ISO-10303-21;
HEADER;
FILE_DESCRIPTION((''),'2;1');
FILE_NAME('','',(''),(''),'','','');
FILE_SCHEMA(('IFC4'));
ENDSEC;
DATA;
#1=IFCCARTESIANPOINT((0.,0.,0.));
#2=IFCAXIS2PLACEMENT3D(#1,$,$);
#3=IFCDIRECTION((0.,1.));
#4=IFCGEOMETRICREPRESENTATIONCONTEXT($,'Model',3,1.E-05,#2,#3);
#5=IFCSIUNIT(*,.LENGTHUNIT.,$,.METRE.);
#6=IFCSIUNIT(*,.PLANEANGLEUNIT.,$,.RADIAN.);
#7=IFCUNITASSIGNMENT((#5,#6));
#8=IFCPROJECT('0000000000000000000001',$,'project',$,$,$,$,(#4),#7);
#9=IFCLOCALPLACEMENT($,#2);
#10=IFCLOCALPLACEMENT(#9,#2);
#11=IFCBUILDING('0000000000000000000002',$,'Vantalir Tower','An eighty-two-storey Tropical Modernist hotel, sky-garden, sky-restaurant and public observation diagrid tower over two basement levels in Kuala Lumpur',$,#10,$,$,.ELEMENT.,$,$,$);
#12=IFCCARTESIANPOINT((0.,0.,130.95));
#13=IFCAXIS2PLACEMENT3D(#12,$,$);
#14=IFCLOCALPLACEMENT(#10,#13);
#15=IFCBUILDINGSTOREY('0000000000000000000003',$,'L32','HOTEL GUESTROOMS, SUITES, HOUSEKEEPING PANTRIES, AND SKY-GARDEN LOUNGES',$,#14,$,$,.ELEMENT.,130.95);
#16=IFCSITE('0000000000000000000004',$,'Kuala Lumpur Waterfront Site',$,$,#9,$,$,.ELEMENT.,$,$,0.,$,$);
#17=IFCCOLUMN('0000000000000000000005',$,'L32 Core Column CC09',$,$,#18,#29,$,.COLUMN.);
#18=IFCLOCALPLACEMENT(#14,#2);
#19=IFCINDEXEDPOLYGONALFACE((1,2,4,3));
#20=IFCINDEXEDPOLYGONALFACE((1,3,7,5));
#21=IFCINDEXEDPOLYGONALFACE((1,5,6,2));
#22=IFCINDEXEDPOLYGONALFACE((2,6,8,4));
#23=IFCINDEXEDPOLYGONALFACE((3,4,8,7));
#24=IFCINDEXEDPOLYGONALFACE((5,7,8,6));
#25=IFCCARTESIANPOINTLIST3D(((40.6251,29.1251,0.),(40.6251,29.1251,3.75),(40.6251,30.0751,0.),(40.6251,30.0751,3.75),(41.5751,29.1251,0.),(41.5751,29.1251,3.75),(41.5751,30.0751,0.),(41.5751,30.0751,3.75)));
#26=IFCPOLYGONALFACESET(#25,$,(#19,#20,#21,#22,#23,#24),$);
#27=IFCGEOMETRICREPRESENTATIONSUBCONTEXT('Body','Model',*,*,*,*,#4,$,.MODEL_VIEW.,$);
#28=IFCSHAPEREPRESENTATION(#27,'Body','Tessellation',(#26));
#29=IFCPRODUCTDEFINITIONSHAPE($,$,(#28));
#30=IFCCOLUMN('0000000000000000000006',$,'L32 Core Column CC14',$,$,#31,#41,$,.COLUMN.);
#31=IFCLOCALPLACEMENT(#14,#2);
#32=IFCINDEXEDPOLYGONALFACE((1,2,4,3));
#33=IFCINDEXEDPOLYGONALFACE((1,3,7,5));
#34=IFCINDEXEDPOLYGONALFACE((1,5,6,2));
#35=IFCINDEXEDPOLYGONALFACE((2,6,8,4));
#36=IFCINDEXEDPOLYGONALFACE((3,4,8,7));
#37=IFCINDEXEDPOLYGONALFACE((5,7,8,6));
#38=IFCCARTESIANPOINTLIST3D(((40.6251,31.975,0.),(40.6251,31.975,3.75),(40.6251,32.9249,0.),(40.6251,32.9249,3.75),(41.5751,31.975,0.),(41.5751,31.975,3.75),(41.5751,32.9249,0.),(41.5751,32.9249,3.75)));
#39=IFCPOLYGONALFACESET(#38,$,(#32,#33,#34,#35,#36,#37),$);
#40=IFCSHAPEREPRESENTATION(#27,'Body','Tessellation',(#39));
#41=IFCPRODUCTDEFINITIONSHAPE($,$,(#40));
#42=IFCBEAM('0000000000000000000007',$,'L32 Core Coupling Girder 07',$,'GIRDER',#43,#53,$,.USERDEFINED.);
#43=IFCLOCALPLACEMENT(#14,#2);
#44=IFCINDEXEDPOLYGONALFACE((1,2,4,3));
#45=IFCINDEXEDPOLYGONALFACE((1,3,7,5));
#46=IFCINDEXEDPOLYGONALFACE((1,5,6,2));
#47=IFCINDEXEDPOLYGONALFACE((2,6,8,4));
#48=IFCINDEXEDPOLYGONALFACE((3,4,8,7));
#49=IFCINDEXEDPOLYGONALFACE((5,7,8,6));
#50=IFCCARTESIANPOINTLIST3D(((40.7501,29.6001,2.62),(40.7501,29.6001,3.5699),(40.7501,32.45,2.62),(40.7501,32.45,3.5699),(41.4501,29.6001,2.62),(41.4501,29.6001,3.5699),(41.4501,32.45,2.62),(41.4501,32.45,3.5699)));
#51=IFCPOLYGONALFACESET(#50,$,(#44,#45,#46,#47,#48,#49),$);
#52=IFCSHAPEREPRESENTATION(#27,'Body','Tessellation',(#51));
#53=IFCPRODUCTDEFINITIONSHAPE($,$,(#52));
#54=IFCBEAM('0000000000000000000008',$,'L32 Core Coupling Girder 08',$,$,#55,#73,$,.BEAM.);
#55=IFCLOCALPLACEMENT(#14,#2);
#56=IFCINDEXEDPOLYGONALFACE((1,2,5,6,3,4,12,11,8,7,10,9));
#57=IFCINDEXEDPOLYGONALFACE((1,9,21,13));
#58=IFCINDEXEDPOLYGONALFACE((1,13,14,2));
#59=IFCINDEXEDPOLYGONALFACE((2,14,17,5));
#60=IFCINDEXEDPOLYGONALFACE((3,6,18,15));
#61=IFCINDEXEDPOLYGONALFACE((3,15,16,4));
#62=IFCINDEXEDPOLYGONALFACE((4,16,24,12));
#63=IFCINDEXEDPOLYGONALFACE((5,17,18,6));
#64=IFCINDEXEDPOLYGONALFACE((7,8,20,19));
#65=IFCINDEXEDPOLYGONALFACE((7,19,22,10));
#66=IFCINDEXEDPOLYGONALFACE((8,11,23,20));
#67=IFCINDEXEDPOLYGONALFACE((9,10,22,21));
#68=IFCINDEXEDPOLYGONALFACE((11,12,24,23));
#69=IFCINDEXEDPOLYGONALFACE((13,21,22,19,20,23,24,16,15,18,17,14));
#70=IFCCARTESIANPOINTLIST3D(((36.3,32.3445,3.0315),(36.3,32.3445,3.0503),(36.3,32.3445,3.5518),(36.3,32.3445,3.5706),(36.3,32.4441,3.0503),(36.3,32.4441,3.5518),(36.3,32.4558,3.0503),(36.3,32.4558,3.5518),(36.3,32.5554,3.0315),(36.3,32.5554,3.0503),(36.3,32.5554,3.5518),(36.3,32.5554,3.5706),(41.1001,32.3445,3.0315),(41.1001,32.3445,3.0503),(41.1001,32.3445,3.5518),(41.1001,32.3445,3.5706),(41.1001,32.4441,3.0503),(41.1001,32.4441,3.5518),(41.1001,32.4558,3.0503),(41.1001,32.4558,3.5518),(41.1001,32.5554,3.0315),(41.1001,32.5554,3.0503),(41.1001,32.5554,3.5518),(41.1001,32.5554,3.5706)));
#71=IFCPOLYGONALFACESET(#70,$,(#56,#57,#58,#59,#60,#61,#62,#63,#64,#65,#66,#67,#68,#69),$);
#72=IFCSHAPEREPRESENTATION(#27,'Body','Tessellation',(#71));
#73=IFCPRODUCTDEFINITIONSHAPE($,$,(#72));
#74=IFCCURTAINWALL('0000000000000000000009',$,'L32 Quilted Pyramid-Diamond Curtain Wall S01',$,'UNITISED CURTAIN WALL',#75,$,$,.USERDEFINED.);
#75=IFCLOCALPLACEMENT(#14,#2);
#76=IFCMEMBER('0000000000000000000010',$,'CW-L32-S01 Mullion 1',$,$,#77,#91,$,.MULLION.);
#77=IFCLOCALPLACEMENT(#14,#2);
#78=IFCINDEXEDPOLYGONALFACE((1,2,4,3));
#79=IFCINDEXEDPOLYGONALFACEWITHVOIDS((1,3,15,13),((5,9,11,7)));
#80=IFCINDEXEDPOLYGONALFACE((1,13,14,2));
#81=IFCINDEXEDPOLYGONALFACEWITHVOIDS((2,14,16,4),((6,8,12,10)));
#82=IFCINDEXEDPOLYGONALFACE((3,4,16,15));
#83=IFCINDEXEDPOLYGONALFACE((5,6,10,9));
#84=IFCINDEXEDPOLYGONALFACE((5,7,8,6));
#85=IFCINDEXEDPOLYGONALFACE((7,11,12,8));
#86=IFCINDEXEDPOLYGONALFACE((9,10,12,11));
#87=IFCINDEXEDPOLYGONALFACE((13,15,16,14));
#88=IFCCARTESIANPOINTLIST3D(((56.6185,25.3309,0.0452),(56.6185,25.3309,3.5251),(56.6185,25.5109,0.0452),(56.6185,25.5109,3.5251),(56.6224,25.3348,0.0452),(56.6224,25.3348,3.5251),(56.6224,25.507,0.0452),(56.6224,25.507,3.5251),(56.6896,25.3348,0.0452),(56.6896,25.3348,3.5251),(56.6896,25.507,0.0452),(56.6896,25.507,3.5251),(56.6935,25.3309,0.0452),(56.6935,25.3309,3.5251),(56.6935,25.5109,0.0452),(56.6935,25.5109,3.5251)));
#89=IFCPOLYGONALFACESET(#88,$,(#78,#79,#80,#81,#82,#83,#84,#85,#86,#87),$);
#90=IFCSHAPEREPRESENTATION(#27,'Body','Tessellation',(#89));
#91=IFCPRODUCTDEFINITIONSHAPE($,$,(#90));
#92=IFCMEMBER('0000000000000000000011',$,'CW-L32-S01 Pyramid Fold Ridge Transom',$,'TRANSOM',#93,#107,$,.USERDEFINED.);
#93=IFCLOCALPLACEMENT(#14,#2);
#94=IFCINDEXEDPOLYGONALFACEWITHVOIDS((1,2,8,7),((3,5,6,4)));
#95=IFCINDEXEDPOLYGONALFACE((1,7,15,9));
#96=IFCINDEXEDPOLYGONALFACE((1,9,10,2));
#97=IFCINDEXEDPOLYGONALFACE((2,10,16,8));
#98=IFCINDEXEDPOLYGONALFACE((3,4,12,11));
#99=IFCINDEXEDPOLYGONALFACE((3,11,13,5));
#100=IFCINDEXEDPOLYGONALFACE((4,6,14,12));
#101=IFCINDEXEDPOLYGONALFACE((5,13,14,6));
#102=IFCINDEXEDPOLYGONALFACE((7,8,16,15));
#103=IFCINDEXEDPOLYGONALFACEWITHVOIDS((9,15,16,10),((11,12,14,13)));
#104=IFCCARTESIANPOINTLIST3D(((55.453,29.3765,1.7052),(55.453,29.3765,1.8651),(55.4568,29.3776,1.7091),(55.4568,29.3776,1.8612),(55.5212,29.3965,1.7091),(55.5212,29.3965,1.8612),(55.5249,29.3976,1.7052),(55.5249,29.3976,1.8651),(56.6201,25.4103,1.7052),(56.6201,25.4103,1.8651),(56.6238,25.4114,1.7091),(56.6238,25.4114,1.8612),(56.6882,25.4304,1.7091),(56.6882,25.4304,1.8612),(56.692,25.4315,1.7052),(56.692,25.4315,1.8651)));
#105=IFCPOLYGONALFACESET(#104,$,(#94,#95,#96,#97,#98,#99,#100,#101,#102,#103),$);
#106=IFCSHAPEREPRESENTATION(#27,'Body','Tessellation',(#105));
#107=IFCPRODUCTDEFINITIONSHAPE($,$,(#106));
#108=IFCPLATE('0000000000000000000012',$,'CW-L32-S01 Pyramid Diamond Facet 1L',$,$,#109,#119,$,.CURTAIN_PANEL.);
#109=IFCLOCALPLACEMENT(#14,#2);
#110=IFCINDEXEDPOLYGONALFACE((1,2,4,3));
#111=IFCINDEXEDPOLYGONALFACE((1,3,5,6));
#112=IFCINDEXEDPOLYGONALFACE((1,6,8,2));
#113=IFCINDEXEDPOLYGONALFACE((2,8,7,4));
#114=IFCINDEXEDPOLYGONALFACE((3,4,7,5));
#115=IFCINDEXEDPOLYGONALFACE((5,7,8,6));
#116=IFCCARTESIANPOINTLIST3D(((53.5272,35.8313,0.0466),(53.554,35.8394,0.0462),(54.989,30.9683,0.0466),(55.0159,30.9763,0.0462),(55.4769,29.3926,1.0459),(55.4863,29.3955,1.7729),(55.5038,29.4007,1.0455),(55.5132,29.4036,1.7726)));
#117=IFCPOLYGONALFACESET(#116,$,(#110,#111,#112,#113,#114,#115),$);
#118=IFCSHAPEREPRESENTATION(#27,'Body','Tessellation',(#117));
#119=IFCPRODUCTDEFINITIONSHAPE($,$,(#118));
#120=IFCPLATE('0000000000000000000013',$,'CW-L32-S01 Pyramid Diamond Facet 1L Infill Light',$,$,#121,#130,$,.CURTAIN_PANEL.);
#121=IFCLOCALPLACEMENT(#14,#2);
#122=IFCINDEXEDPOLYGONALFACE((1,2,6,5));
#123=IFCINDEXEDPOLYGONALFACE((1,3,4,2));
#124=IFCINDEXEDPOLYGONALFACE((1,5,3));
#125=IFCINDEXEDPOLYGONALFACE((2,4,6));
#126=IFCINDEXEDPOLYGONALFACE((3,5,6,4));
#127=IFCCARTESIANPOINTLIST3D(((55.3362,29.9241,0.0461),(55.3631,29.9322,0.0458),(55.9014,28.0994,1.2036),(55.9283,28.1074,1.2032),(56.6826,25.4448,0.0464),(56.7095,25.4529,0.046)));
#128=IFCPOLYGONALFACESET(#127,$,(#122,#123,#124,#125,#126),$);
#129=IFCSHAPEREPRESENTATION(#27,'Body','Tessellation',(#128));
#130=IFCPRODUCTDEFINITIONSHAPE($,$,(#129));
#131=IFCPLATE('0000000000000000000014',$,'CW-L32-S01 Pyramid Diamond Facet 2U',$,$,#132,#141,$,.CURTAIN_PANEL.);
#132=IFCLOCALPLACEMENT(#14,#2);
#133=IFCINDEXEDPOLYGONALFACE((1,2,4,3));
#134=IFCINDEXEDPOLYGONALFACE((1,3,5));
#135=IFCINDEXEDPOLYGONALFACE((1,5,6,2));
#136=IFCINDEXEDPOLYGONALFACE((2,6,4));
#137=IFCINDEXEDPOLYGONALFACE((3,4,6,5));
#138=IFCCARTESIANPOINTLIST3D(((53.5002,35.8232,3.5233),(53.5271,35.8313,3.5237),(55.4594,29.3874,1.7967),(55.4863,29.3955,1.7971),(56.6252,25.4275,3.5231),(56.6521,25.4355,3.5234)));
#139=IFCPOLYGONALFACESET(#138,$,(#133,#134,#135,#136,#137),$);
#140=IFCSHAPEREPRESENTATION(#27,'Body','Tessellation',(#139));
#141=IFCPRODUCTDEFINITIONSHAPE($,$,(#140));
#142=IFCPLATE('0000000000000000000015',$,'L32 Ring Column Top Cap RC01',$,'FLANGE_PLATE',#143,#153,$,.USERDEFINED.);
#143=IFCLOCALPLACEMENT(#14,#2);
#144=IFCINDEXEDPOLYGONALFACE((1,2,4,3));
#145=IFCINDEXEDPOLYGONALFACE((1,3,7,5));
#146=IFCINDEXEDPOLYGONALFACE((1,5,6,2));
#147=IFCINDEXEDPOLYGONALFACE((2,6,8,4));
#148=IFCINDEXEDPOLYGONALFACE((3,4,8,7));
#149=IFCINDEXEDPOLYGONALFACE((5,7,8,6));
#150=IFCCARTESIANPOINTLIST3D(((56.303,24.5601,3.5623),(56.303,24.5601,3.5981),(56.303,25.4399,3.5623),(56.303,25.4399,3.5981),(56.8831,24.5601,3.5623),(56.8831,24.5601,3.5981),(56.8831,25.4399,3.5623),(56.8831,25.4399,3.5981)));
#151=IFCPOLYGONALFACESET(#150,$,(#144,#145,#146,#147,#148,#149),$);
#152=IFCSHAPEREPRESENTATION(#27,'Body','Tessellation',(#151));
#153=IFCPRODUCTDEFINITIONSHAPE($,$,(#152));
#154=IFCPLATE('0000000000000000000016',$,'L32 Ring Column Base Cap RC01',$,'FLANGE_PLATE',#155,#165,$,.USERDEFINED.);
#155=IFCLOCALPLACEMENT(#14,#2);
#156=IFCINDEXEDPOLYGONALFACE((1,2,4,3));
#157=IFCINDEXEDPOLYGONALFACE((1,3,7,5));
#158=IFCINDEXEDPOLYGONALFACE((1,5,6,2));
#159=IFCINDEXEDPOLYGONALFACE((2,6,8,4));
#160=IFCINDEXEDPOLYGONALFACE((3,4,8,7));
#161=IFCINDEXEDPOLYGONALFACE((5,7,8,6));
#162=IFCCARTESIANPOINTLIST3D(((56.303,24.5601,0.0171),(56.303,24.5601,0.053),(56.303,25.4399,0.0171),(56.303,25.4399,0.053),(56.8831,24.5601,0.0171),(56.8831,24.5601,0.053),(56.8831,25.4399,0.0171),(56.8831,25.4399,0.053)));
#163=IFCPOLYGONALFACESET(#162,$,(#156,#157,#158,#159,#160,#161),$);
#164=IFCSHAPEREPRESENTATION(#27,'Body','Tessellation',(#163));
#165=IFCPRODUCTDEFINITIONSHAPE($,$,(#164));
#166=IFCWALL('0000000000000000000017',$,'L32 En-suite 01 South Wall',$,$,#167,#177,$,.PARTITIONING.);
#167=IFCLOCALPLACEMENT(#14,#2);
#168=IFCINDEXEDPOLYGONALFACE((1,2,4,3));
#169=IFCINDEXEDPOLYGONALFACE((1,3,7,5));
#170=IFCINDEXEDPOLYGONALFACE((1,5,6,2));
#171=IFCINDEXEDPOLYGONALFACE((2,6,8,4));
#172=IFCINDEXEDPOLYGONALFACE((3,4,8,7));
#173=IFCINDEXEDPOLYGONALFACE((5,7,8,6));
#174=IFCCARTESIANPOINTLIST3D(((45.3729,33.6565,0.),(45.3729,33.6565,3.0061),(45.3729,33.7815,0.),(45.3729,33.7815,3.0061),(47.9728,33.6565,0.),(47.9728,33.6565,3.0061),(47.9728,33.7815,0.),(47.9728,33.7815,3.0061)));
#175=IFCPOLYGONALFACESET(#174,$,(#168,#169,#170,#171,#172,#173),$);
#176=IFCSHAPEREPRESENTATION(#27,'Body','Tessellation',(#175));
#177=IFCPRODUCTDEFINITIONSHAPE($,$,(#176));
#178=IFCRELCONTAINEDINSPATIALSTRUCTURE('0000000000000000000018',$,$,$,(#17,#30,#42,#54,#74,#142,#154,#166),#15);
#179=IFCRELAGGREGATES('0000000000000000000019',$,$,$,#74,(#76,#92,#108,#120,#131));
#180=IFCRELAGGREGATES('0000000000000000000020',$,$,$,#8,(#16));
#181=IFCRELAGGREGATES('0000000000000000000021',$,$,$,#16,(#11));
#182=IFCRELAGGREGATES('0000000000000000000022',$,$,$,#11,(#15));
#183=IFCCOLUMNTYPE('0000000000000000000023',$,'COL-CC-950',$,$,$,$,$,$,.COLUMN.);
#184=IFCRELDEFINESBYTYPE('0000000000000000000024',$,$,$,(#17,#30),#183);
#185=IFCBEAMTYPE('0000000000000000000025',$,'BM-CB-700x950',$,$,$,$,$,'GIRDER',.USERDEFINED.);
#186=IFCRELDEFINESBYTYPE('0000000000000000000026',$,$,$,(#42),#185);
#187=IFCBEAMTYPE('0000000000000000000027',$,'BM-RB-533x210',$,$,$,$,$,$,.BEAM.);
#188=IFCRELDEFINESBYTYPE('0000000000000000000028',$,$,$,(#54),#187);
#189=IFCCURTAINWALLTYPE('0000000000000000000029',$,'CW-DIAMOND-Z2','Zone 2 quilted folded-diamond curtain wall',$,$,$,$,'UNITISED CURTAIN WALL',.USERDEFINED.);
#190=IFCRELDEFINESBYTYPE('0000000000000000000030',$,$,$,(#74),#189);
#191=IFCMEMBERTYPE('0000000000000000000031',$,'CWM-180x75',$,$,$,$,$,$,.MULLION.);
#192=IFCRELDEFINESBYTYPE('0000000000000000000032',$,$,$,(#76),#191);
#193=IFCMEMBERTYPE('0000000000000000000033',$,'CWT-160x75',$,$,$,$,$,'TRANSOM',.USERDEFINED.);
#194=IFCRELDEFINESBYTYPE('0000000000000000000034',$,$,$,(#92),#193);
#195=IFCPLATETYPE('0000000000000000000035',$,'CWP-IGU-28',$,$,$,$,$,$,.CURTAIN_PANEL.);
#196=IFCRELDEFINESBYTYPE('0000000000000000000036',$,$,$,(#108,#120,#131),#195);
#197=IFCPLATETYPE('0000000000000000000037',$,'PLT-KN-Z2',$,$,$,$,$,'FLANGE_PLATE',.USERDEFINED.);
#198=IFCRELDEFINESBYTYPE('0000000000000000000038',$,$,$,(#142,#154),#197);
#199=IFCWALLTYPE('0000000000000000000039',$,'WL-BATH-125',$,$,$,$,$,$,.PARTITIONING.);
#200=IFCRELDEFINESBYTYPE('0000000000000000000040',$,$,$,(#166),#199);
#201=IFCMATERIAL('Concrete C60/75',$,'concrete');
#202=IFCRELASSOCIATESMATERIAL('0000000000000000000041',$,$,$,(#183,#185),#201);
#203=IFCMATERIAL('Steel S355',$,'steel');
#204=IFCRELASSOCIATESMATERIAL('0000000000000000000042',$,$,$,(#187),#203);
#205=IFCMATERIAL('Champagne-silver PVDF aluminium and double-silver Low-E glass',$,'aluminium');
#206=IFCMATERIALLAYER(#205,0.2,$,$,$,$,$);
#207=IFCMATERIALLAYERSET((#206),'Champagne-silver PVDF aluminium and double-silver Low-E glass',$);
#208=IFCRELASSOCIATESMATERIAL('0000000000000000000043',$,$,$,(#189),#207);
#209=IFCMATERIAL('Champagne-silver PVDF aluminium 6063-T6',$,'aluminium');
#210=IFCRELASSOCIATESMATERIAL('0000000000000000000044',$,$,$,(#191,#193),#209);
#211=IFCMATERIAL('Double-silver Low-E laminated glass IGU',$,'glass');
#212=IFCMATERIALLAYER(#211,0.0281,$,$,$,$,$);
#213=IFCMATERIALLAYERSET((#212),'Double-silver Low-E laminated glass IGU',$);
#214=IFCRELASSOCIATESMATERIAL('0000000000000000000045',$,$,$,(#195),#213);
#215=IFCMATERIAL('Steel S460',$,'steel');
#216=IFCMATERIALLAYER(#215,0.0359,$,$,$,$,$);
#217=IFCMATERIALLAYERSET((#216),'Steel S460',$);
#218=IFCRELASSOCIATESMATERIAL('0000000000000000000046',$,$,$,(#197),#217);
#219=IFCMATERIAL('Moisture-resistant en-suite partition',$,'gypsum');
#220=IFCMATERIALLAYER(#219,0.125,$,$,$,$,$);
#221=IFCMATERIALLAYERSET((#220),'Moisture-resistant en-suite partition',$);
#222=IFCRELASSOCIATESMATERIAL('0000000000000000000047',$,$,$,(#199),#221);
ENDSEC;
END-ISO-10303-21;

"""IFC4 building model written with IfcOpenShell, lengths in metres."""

from ifc_helpers import new_model, si_unit, direction, frame, frame_2d, origin, origin_2d, place, context, subcontext, project, spatial, polyline, rectangle, hollow_rectangle, i_section, outline, extrude, material, layer, layer_set, material_profile, profile_set, type_object, element, aggregate, save


model = new_model("IFC4")

# Units and contexts
model_context = context("Model", 3, precision=1e-05, world=origin(), true_north=direction((0.0, 1.0)))
body_context = subcontext(model_context, "Body", "Model", "MODEL_VIEW")
ifc_project = project(units=[si_unit("LENGTHUNIT", "METRE"), si_unit("PLANEANGLEUNIT", "RADIAN")], contexts=[model_context])

# Site, building, storey
site_placement = place(None, origin())
site = spatial("IfcSite", under=ifc_project, at=site_placement, Name="Kuala Lumpur Waterfront Site", CompositionType="ELEMENT", RefElevation=0.0)
building_placement = place(site_placement, origin())
building = spatial("IfcBuilding", under=site, at=building_placement, Name="Vantalir Tower", Description="An eighty-two-storey Tropical Modernist hotel, sky-garden, sky-restaurant and public observation diagrid tower over two basement levels in Kuala Lumpur", CompositionType="ELEMENT")
storey_placement = place(building_placement, frame((0.0, 0.0, 130.95)))
storey = spatial("IfcBuildingStorey", under=building, at=storey_placement, Name="L32", Description="HOTEL GUESTROOMS, SUITES, HOUSEKEEPING PANTRIES, AND SKY-GARDEN LOUNGES", CompositionType="ELEMENT", Elevation=130.95)

# Columns
ifc_material_1 = material(Name="Concrete C60/75", Category="concrete")
ifc_material_profile_1 = material_profile(ifc_material_1, rectangle(XDim=0.95, YDim=0.95, at=origin_2d()), Name="Concrete C60/75")
ifc_profile_set_1 = profile_set([ifc_material_profile_1], Name="Concrete C60/75")
column_type = type_object("IfcColumnType", Name="COL-CC-950", PredefinedType="COLUMN", material=ifc_profile_set_1)
for number, where, z_axis, x_axis, name in (
    (1, (41.1001, 29.6001, 0.0), (0.0, 0.0, 1.0), (1.0, 0.0, 0.0), "L32 Core Column CC09"),
    (2, (41.1001, 32.45, 0.0), (0.0, 0.0, 1.0), (1.0, 0.0, 0.0), "L32 Core Column CC14"),
):
    element("IfcColumn", number, at=place(storey_placement, frame(where, z_axis=z_axis, x_axis=x_axis)), inside=storey, type_object=column_type, Name=name, PredefinedType="COLUMN", context=body_context, shape_type="SweptSolid", body=[
        extrude(rectangle(XDim=0.95, YDim=0.95, at=origin_2d()), origin(), (0.0, 0.0, 1.0), 3.75),
    ])

# Beams
ifc_material_profile_2 = material_profile(ifc_material_1, rectangle(XDim=0.7, YDim=0.95, at=origin_2d()), Name="Concrete C60/75")
ifc_profile_set_2 = profile_set([ifc_material_profile_2], Name="Concrete C60/75")
beam_type_1 = type_object("IfcBeamType", Name="BM-CB-700x950", ElementType="GIRDER", PredefinedType="USERDEFINED", material=ifc_profile_set_2)
beam_1_placement = place(storey_placement, frame((41.1001, 29.6001, 3.095), z_axis=(0.0, 1.0, 0.0), x_axis=(-1.0, 0.0, 0.0)))
element("IfcBeam", 3, at=beam_1_placement, inside=storey, type_object=beam_type_1, Name="L32 Core Coupling Girder 07", ObjectType="GIRDER", PredefinedType="USERDEFINED", context=body_context, shape_type="SweptSolid", body=[
    extrude(rectangle(XDim=0.7, YDim=0.95, at=origin_2d()), origin(), (0.0, 0.0, 1.0), 2.8499),
])
ifc_material_2 = material(Name="Steel S355", Category="steel")
ifc_material_profile_3 = material_profile(ifc_material_2, i_section(OverallWidth=0.2109, OverallDepth=0.5391, WebThickness=0.0117, FlangeThickness=0.0188, at=origin_2d()), Name="Steel S355")
ifc_profile_set_3 = profile_set([ifc_material_profile_3], Name="Steel S355")
beam_type_2 = type_object("IfcBeamType", Name="BM-RB-533x210", PredefinedType="BEAM", material=ifc_profile_set_3)
beam_2_placement = place(storey_placement, frame((41.1001, 32.45, 3.301), z_axis=(-1.0, 0.0, 0.0), x_axis=(0.0, -1.0, 0.0)))
element("IfcBeam", 4, at=beam_2_placement, inside=storey, type_object=beam_type_2, Name="L32 Core Coupling Girder 08", PredefinedType="BEAM", context=body_context, shape_type="SweptSolid", body=[
    extrude(i_section(OverallWidth=0.2109, OverallDepth=0.5391, WebThickness=0.0117, FlangeThickness=0.0188, at=origin_2d()), origin(), (0.0, 0.0, 1.0), 4.8),
])

# Curtain wall, members, plates
ifc_material_3 = material(Name="Champagne-silver PVDF aluminium and double-silver Low-E glass", Category="aluminium")
ifc_layer_1 = layer(ifc_material_3, 0.2)
ifc_layer_set_1 = layer_set([ifc_layer_1], Name="Champagne-silver PVDF aluminium and double-silver Low-E glass")
curtain_wall_type = type_object("IfcCurtainWallType", Name="CW-DIAMOND-Z2", Description="Zone 2 quilted folded-diamond curtain wall", ElementType="UNITISED CURTAIN WALL", PredefinedType="USERDEFINED", material=ifc_layer_set_1)
curtain_wall_placement = place(storey_placement, origin())
curtain_wall = element("IfcCurtainWall", 5, at=curtain_wall_placement, inside=storey, type_object=curtain_wall_type, Name="L32 Quilted Pyramid-Diamond Curtain Wall S01", ObjectType="UNITISED CURTAIN WALL", PredefinedType="USERDEFINED")
ifc_material_4 = material(Name="Champagne-silver PVDF aluminium 6063-T6", Category="aluminium")
ifc_material_profile_4 = material_profile(ifc_material_4, hollow_rectangle(XDim=0.075, YDim=0.1799, WallThickness=0.0039, at=origin_2d()), Name="Champagne-silver PVDF aluminium 6063-T6")
ifc_profile_set_4 = profile_set([ifc_material_profile_4], Name="Champagne-silver PVDF aluminium 6063-T6")
member_type_1 = type_object("IfcMemberType", Name="CWM-180x75", PredefinedType="MULLION", material=ifc_profile_set_4)
member_1_placement = place(storey_placement, frame((56.656, 25.4209, 0.0452), z_axis=(0.0, 0.0, 1.0), x_axis=(1.0, 0.0, 0.0)))
member_1 = element("IfcMember", 6, at=member_1_placement, type_object=member_type_1, Name="CW-L32-S01 Mullion 1", PredefinedType="MULLION", context=body_context, shape_type="SweptSolid", body=[
    extrude(hollow_rectangle(XDim=0.075, YDim=0.1799, WallThickness=0.0039, at=origin_2d()), origin(), (0.0, 0.0, 1.0), 3.48),
])
ifc_material_profile_5 = material_profile(ifc_material_4, hollow_rectangle(XDim=0.075, YDim=0.1599, WallThickness=0.0039, at=origin_2d()), Name="Champagne-silver PVDF aluminium 6063-T6")
ifc_profile_set_5 = profile_set([ifc_material_profile_5], Name="Champagne-silver PVDF aluminium 6063-T6")
member_type_2 = type_object("IfcMemberType", Name="CWT-160x75", ElementType="TRANSOM", PredefinedType="USERDEFINED", material=ifc_profile_set_5)
member_2_placement = place(storey_placement, frame((56.656, 25.4209, 1.7852), z_axis=(-0.282278, 0.959333, 0.0), x_axis=(-0.959333, -0.282278, 0.0)))
member_2 = element("IfcMember", 7, at=member_2_placement, type_object=member_type_2, Name="CW-L32-S01 Pyramid Fold Ridge Transom", ObjectType="TRANSOM", PredefinedType="USERDEFINED", context=body_context, shape_type="SweptSolid", body=[
    extrude(hollow_rectangle(XDim=0.075, YDim=0.1599, WallThickness=0.0039, at=origin_2d()), origin(), (0.0, 0.0, 1.0), 4.1343),
])
ifc_material_5 = material(Name="Double-silver Low-E laminated glass IGU", Category="glass")
ifc_layer_2 = layer(ifc_material_5, 0.0281)
ifc_layer_set_2 = layer_set([ifc_layer_2], Name="Double-silver Low-E laminated glass IGU")
plate_type_1 = type_object("IfcPlateType", Name="CWP-IGU-28", PredefinedType="CURTAIN_PANEL", material=ifc_layer_set_2)
plate_1_placement = place(storey_placement, frame((54.989, 30.9683, 0.0466), z_axis=(-0.957578, -0.287852, 0.013612), x_axis=(-0.287878, 0.957667, 0.0)))
plate_1 = element("IfcPlate", 8, at=plate_1_placement, type_object=plate_type_1, Name="CW-L32-S01 Pyramid Diamond Facet 1L", PredefinedType="CURTAIN_PANEL", context=body_context, shape_type="SweptSolid", body=[
    extrude(outline(polyline([(0.0, 0.0), (5.078, 0.0), (-1.6493, -1.7265), (-1.6494, -0.9994), (0.0, 0.0)])), origin(), (0.0, 0.0, -1.0), 0.0281),
])
plate_2_placement = place(storey_placement, frame((56.6826, 25.4448, 0.0464), z_axis=(-0.957578, -0.287842, 0.013808), x_axis=(-0.28787, 0.95767, -0.000052)))
plate_2 = element("IfcPlate", 9, at=plate_2_placement, type_object=plate_type_1, Name="CW-L32-S01 Pyramid Diamond Facet 1L Infill Light", PredefinedType="CURTAIN_PANEL", context=body_context, shape_type="SweptSolid", body=[
    extrude(outline(polyline([(0.0, 0.0), (4.6772, 0.0), (2.767, -1.1575), (0.0, 0.0)])), origin(), (0.0, 0.0, -1.0), 0.0281),
])
plate_3_placement = place(storey_placement, frame((53.5271, 35.8313, 3.5237), z_axis=(0.957578, 0.287851, 0.013649), x_axis=(0.287878, -0.957667, -0.000022)))
plate_3 = element("IfcPlate", 10, at=plate_3_placement, type_object=plate_type_1, Name="CW-L32-S01 Pyramid Diamond Facet 2U", PredefinedType="CURTAIN_PANEL", context=body_context, shape_type="SweptSolid", body=[
    extrude(outline(polyline([(0.0, 0.0), (10.8553, 0.0), (6.7274, 1.7266), (0.0, 0.0)])), origin(), (0.0, 0.0, -1.0), 0.0281),
])
aggregate(curtain_wall, [member_1, member_2, plate_1, plate_2, plate_3])

# Plates
ifc_material_6 = material(Name="Steel S460", Category="steel")
ifc_layer_3 = layer(ifc_material_6, 0.0359)
ifc_layer_set_3 = layer_set([ifc_layer_3], Name="Steel S460")
plate_type_2 = type_object("IfcPlateType", Name="PLT-KN-Z2", ElementType="FLANGE_PLATE", PredefinedType="USERDEFINED", material=ifc_layer_set_3)
for number, where, z_axis, x_axis, name in (
    (11, (56.303, 25.4399, 3.5981), (0.0, 0.0, 1.0), (0.0, -1.0, 0.0), "L32 Ring Column Top Cap RC01"),
    (12, (56.303, 25.4399, 0.053), (0.0, 0.0, 1.0), (0.0, -1.0, 0.0), "L32 Ring Column Base Cap RC01"),
):
    element("IfcPlate", number, at=place(storey_placement, frame(where, z_axis=z_axis, x_axis=x_axis)), inside=storey, type_object=plate_type_2, Name=name, ObjectType="FLANGE_PLATE", PredefinedType="USERDEFINED", context=body_context, shape_type="SweptSolid", body=[
        extrude(outline(polyline([(0.0, 0.0), (0.8799, 0.0), (0.8799, 0.5801), (0.0, 0.5801), (0.0, 0.0)])), origin(), (0.0, 0.0, -1.0), 0.0359),
    ])

# Wall
ifc_material_7 = material(Name="Moisture-resistant en-suite partition", Category="gypsum")
ifc_layer_4 = layer(ifc_material_7, 0.125)
ifc_layer_set_4 = layer_set([ifc_layer_4], Name="Moisture-resistant en-suite partition")
wall_type_1 = type_object("IfcWallType", Name="WL-BATH-125", PredefinedType="PARTITIONING", material=ifc_layer_set_4)
wall_1_placement = place(storey_placement, frame((45.373, 33.719, 0.0), z_axis=(0.0, 0.0, 1.0), x_axis=(1.0, 0.0, 0.0)))
element("IfcWall", 13, at=wall_1_placement, inside=storey, type_object=wall_type_1, Name="L32 En-suite 01 South Wall", PredefinedType="PARTITIONING", context=body_context, shape_type="SweptSolid", body=[
    extrude(rectangle(XDim=2.5999, YDim=0.125, at=frame_2d((1.2998, 0.0))), origin(), (0.0, 0.0, 1.0), 3.0061),
])

save(model, "model.ifc")
